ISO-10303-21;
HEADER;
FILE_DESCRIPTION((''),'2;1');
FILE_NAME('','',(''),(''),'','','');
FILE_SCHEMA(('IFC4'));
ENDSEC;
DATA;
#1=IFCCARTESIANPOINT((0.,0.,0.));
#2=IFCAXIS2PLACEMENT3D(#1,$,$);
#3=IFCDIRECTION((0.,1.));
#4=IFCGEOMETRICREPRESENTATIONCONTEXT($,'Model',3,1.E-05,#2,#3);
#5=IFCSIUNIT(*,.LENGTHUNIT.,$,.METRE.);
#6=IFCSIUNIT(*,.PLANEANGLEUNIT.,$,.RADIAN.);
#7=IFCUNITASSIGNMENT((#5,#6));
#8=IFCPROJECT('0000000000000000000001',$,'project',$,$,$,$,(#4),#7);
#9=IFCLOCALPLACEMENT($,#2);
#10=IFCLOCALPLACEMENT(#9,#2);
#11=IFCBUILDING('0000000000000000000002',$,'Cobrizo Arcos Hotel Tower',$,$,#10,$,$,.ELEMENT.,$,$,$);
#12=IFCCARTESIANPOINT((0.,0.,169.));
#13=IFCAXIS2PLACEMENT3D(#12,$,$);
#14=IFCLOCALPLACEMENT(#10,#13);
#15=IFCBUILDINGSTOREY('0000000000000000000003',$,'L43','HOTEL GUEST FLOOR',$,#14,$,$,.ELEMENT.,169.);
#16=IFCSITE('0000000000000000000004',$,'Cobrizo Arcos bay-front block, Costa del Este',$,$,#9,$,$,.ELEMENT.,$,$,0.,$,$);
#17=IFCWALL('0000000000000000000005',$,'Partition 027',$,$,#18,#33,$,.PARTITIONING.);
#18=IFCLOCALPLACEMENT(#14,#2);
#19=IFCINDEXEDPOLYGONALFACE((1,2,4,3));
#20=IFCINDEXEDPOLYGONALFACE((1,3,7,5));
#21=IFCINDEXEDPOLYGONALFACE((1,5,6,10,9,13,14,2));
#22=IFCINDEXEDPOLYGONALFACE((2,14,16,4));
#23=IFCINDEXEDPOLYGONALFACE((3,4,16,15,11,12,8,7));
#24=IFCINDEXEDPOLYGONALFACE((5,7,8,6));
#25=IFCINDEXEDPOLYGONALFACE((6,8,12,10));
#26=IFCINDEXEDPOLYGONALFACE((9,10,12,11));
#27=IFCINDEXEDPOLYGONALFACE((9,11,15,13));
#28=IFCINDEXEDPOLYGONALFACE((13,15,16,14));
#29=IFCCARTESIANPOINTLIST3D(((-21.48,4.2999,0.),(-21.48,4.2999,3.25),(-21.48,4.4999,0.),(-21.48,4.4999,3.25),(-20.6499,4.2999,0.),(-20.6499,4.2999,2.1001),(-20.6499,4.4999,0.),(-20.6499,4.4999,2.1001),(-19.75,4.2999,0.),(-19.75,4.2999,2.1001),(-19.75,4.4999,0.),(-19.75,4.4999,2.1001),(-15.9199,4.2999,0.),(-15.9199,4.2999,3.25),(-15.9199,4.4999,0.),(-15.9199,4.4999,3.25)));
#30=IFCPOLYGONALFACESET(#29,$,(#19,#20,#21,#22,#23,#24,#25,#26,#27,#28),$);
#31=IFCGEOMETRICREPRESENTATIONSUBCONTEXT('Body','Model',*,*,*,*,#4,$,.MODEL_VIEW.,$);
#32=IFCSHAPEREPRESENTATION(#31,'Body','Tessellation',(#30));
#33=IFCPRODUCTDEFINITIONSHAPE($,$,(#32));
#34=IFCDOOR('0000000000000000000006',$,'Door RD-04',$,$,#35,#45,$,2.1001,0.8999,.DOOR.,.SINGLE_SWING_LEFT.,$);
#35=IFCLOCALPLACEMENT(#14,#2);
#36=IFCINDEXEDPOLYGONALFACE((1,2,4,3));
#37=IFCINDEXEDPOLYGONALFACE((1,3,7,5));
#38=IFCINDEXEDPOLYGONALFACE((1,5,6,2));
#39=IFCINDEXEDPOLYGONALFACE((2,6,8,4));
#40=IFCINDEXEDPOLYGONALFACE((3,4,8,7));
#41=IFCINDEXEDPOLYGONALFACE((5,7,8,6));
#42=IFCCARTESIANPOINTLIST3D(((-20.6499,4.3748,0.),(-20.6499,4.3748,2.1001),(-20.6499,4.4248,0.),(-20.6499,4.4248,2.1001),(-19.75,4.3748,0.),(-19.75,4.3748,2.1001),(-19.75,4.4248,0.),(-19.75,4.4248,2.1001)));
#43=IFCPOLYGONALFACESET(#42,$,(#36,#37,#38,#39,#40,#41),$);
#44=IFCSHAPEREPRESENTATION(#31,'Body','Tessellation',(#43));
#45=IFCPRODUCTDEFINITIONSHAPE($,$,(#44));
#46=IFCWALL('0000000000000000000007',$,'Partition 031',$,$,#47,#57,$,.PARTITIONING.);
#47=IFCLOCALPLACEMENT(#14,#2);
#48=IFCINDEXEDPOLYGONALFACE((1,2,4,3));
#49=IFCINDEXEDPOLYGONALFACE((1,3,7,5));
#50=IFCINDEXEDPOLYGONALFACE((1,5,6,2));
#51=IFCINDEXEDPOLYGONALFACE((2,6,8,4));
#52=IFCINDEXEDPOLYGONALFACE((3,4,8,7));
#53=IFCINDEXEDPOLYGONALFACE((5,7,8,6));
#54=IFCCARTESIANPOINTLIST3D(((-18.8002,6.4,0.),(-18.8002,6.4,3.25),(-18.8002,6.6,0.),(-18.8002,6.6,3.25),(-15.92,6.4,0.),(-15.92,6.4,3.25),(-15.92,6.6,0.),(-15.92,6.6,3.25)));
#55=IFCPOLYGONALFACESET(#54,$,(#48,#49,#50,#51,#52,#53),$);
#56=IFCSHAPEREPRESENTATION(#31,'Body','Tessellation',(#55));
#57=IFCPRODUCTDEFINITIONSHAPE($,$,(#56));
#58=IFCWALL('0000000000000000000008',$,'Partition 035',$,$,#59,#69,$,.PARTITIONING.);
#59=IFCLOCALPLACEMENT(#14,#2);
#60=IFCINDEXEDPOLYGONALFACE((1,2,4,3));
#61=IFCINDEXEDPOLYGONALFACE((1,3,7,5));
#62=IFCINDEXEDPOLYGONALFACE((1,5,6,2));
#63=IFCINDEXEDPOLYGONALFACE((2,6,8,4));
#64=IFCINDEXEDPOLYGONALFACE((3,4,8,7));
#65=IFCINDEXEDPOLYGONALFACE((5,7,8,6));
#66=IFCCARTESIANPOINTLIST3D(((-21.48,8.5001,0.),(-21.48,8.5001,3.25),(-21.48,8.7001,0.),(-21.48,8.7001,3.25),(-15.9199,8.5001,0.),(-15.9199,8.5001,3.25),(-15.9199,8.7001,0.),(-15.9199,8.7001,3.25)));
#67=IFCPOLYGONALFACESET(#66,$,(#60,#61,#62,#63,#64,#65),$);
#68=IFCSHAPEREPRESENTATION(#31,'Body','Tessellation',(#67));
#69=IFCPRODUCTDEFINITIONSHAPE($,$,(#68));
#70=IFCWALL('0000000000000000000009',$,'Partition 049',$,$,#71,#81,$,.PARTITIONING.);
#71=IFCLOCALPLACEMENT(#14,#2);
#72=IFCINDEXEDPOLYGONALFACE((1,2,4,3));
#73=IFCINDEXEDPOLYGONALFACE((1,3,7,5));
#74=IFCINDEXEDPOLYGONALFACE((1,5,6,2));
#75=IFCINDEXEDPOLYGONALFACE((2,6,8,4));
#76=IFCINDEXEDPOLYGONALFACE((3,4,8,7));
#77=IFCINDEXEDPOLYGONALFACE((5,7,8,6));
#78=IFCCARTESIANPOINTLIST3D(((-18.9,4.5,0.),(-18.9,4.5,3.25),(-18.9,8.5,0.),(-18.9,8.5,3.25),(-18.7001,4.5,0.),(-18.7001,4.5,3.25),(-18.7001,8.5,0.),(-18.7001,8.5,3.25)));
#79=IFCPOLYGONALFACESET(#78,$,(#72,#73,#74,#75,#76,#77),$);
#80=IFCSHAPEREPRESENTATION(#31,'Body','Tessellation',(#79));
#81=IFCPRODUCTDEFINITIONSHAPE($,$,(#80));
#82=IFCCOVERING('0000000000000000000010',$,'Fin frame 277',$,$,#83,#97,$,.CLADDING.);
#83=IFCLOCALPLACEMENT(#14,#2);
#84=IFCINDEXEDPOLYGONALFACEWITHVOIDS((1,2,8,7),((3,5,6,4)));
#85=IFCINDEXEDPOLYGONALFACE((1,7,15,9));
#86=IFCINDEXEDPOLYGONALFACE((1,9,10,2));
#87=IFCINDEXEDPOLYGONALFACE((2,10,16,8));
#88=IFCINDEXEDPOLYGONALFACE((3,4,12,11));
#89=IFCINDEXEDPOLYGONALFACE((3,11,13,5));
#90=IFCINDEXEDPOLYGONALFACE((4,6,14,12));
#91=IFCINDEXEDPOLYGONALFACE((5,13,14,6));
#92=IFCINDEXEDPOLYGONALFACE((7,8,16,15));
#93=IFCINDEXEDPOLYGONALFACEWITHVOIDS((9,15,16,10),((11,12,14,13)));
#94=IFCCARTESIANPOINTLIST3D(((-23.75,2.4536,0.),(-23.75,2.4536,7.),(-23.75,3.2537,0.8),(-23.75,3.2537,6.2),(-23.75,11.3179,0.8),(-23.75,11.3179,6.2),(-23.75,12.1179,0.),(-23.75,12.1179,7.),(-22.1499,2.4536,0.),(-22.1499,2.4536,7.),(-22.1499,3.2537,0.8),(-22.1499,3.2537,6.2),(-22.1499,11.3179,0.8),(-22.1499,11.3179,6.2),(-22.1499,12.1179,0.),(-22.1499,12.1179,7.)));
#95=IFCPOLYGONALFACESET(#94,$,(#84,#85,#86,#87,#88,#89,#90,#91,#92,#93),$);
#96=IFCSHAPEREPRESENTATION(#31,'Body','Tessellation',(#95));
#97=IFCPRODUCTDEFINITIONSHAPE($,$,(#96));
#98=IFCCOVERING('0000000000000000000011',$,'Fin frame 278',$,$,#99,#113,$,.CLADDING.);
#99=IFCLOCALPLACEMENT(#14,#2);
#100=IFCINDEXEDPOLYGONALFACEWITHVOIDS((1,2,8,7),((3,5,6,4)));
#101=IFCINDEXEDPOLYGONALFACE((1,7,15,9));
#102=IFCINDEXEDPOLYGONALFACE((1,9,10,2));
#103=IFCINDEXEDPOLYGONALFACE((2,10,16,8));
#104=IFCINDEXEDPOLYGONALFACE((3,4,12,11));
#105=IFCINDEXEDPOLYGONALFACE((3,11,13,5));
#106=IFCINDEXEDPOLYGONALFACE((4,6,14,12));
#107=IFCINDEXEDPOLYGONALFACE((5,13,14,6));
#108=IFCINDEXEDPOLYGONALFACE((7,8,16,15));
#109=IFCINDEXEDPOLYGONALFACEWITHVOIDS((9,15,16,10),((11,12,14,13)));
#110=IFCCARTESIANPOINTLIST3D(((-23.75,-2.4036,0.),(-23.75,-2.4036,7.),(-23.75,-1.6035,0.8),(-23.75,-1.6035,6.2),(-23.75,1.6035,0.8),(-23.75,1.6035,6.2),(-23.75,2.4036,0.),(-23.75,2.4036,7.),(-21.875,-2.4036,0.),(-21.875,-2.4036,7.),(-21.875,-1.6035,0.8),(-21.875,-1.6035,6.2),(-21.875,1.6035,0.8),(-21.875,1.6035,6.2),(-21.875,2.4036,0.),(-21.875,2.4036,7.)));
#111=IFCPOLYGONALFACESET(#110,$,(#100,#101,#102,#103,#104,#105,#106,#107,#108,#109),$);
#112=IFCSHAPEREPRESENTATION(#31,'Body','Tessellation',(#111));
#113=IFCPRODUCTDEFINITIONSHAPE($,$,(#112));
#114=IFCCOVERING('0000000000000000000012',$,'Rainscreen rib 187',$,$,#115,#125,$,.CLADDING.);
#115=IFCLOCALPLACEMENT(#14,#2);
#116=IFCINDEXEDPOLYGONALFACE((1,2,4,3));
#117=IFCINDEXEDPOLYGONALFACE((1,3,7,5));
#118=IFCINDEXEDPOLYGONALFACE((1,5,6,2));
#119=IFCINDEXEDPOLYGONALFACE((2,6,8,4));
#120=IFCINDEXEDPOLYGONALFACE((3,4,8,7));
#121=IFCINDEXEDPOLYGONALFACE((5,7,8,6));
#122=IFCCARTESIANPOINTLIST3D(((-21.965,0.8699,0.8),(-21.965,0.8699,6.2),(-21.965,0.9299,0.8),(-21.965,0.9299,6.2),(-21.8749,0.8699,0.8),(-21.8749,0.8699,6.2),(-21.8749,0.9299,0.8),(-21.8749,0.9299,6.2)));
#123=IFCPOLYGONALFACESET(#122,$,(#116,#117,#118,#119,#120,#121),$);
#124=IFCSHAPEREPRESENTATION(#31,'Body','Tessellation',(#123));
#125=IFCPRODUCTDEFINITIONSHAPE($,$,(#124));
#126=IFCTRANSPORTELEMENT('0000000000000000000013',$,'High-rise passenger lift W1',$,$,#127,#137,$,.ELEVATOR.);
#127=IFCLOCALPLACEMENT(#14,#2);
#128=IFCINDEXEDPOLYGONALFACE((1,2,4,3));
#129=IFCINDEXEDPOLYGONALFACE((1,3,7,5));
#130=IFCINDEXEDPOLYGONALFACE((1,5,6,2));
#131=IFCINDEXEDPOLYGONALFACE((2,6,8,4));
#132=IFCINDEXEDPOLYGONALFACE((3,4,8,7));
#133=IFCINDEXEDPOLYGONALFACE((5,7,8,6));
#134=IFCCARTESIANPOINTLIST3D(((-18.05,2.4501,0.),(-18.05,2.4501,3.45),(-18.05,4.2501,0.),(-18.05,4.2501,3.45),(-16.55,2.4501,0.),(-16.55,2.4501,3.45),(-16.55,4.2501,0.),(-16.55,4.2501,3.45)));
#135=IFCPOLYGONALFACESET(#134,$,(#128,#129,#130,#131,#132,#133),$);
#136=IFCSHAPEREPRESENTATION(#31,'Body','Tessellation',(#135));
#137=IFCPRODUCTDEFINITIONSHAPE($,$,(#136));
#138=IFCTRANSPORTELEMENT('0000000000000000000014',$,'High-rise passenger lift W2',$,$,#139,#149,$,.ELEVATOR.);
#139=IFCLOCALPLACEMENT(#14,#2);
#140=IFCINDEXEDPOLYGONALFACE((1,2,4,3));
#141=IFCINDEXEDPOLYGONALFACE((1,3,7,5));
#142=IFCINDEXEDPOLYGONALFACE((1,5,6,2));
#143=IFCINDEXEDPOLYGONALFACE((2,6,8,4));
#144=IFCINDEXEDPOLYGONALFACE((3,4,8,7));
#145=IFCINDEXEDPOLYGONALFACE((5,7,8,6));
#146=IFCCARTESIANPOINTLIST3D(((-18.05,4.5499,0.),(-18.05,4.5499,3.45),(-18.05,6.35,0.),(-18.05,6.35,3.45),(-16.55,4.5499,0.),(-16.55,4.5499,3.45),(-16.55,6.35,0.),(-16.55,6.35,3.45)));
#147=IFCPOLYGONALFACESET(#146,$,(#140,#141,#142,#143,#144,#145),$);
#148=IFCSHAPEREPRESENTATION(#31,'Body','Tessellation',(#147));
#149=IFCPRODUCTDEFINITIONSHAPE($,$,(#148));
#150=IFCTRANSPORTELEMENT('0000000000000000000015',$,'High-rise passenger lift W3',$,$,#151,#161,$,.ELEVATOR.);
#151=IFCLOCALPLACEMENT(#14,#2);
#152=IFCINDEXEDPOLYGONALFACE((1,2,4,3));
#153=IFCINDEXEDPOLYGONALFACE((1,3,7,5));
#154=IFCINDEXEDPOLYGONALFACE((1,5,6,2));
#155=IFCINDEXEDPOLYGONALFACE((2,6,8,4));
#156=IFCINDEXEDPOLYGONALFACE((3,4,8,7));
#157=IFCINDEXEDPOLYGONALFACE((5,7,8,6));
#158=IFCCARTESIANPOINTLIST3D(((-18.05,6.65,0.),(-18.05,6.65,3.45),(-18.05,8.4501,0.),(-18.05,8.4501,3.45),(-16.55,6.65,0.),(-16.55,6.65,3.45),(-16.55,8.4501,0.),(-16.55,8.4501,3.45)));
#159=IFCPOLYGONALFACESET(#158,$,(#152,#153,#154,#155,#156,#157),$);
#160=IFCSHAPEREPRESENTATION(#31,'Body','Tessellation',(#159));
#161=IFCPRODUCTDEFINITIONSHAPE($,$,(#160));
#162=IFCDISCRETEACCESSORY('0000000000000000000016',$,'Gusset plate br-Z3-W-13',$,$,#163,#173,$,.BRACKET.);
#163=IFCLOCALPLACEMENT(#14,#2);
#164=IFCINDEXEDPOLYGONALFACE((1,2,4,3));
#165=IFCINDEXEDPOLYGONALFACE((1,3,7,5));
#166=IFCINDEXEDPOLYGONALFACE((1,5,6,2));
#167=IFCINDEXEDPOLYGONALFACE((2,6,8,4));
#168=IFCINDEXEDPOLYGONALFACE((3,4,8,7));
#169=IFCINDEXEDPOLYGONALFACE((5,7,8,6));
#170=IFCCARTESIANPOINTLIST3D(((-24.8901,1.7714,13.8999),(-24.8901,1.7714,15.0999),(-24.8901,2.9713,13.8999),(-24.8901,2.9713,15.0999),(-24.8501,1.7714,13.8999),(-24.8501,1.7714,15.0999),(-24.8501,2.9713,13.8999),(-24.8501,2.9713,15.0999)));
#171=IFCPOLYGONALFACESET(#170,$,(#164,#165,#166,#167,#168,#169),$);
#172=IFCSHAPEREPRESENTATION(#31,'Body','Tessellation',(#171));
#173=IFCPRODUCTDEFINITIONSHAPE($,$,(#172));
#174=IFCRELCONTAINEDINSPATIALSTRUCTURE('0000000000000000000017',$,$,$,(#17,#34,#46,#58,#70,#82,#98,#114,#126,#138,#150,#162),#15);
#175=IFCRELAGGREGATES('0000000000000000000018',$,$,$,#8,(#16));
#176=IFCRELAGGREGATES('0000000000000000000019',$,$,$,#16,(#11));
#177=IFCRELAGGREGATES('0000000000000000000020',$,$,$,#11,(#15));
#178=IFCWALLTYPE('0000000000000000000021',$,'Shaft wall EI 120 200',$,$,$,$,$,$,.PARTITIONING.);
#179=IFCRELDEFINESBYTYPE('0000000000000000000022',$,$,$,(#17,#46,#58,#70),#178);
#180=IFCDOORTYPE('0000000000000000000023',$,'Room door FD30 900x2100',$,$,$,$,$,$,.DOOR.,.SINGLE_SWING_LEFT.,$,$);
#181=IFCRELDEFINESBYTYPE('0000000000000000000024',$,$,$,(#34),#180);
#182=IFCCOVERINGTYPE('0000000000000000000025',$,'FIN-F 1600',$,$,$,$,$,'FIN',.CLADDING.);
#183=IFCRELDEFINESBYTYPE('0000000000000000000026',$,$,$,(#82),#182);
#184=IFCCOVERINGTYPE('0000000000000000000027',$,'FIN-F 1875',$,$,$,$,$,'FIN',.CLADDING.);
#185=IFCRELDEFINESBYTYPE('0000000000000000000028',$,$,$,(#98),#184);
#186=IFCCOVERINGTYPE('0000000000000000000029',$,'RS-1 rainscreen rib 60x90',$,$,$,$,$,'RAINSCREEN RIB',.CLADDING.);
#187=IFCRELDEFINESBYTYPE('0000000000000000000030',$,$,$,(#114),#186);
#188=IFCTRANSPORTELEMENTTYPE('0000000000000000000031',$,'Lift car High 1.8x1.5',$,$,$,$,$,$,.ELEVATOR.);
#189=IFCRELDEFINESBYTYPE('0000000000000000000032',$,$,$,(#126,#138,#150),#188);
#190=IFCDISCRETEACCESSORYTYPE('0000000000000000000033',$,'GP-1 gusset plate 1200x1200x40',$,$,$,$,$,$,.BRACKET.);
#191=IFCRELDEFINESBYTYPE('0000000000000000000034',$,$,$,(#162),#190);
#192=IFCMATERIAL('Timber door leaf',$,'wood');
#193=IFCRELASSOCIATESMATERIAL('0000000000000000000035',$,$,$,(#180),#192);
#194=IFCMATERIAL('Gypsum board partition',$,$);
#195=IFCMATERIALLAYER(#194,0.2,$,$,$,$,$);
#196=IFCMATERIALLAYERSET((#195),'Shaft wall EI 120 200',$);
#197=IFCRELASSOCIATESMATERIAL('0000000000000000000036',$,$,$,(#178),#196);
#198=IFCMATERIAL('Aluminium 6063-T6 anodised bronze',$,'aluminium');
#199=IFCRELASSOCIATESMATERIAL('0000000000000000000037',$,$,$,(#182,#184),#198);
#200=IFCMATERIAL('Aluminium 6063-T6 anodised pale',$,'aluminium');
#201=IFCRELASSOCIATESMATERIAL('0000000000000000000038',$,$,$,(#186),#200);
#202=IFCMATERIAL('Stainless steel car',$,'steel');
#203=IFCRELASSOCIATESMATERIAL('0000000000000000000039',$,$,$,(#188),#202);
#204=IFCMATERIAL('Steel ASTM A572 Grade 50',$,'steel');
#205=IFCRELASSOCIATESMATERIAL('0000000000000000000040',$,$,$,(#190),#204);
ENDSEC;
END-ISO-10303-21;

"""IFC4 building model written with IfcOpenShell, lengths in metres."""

from ifc_helpers import new_model, si_unit, direction, frame, frame_2d, origin, origin_2d, place, context, subcontext, project, spatial, polyline, rectangle, outline, extrude, material, layer, layer_set, type_object, element, fill, save


model = new_model("IFC4")

# Units and contexts
model_context = context("Model", 3, precision=1e-05, world=origin(), true_north=direction((0.0, 1.0)))
body_context = subcontext(model_context, "Body", "Model", "MODEL_VIEW")
ifc_project = project(units=[si_unit("LENGTHUNIT", "METRE"), si_unit("PLANEANGLEUNIT", "RADIAN")], contexts=[model_context])

# Site, building, storey
site_placement = place(None, origin())
site = spatial("IfcSite", under=ifc_project, at=site_placement, Name="Cobrizo Arcos bay-front block, Costa del Este", CompositionType="ELEMENT", RefElevation=0.0)
building_placement = place(site_placement, origin())
building = spatial("IfcBuilding", under=site, at=building_placement, Name="Cobrizo Arcos Hotel Tower", CompositionType="ELEMENT")
storey_placement = place(building_placement, frame((0.0, 0.0, 169.0)))
storey = spatial("IfcBuildingStorey", under=building, at=storey_placement, Name="L43", Description="HOTEL GUEST FLOOR", CompositionType="ELEMENT", Elevation=169.0)

# Shared definitions
ifc_material_1 = material(Name="Steel ASTM A572 Grade 50", Category="steel")

# Shared definitions
ifc_material_2 = material(Name="Aluminium 6063-T6 anodised bronze", Category="aluminium")

# Shared definitions
ifc_material_3 = material(Name="Gypsum board partition")
ifc_material_4 = material(Name="Timber door leaf", Category="wood")

# Shared definitions
door_type_1 = type_object("IfcDoorType", Name="Room door FD30 900x2100", OperationType="SINGLE_SWING_LEFT", PredefinedType="DOOR", material=ifc_material_4)

# Shared definitions
ifc_layer_1 = layer(ifc_material_3, 0.2)
ifc_layer_set_1 = layer_set([ifc_layer_1], Name="Shaft wall EI 120 200")
wall_type_1 = type_object("IfcWallType", Name="Shaft wall EI 120 200", PredefinedType="PARTITIONING", material=ifc_layer_set_1)

# Wall, opening, door
wall_1_placement = place(storey_placement, frame((-21.48, 4.3999, 0.0), z_axis=(0.0, 0.0, 1.0), x_axis=(1.0, 0.0, 0.0)))
wall_1 = element("IfcWall", 1, at=wall_1_placement, inside=storey, type_object=wall_type_1, Name="Partition 027", PredefinedType="PARTITIONING", context=body_context, shape_type="SweptSolid", body=[
    extrude(rectangle(XDim=5.5601, YDim=0.2, at=frame_2d((2.78, 0.0))), origin(), (0.0, 0.0, 1.0), 3.25),
])
opening_1_placement = place(wall_1_placement, frame((0.8301, 0.0, 0.0)))
opening_1 = element("IfcOpeningElement", 2, at=opening_1_placement, cuts=wall_1, PredefinedType="OPENING", context=body_context, shape_type="SweptSolid", body=[
    extrude(rectangle(XDim=0.8999, YDim=2.1001, at=frame_2d((0.45, 1.05))), frame((0.0, 0.1121, 0.0), z_axis=(0.0, -1.0, 0.0), x_axis=(1.0, 0.0, 0.0)), (0.0, 0.0, 1.0), 0.2239),
])
door_1_placement = place(opening_1_placement, origin())
door_1 = element("IfcDoor", 3, at=door_1_placement, inside=storey, type_object=door_type_1, Name="Door RD-04", OperationType="SINGLE_SWING_LEFT", OverallHeight=2.1001, OverallWidth=0.8999, PredefinedType="DOOR", context=body_context, shape_type="SweptSolid", body=[
    extrude(rectangle(XDim=0.8999, YDim=2.1001, at=frame_2d((0.45, 1.05))), frame((0.0, 0.0249, 0.0), z_axis=(0.0, -1.0, 0.0), x_axis=(1.0, 0.0, 0.0)), (0.0, 0.0, 1.0), 0.05),
])
fill(opening_1, door_1)

# Walls
wall_2_placement = place(storey_placement, frame((-18.8, 6.5, 0.0), z_axis=(0.0, 0.0, 1.0), x_axis=(1.0, 0.0, 0.0)))
element("IfcWall", 4, at=wall_2_placement, inside=storey, type_object=wall_type_1, Name="Partition 031", PredefinedType="PARTITIONING", context=body_context, shape_type="SweptSolid", body=[
    extrude(rectangle(XDim=2.8801, YDim=0.2, at=frame_2d((1.4399, 0.0))), origin(), (0.0, 0.0, 1.0), 3.25),
])
wall_3_placement = place(storey_placement, frame((-21.48, 8.6001, 0.0), z_axis=(0.0, 0.0, 1.0), x_axis=(1.0, 0.0, 0.0)))
element("IfcWall", 5, at=wall_3_placement, inside=storey, type_object=wall_type_1, Name="Partition 035", PredefinedType="PARTITIONING", context=body_context, shape_type="SweptSolid", body=[
    extrude(rectangle(XDim=5.5601, YDim=0.2, at=frame_2d((2.78, 0.0))), origin(), (0.0, 0.0, 1.0), 3.25),
])
wall_4_placement = place(storey_placement, frame((-18.8, 4.5, 0.0), z_axis=(0.0, 0.0, 1.0), x_axis=(0.0, 1.0, 0.0)))
element("IfcWall", 6, at=wall_4_placement, inside=storey, type_object=wall_type_1, Name="Partition 049", PredefinedType="PARTITIONING", context=body_context, shape_type="SweptSolid", body=[
    extrude(rectangle(XDim=4.0, YDim=0.2, at=frame_2d((2.0, 0.0))), origin(), (0.0, 0.0, 1.0), 3.25),
])

# Coverings
covering_type_1 = type_object("IfcCoveringType", Name="FIN-F 1600", ElementType="FIN", PredefinedType="CLADDING", material=ifc_material_2)
covering_1_placement = place(storey_placement, frame((-22.1499, 12.1179, 0.0), z_axis=(-1.0, 0.0, 0.0), x_axis=(0.0, -1.0, 0.0)))
element("IfcCovering", 7, at=covering_1_placement, inside=storey, type_object=covering_type_1, Name="Fin frame 277", PredefinedType="CLADDING", context=body_context, shape_type="SweptSolid", body=[
    extrude(outline(polyline([(0.0, 7.0), (0.0, 0.0), (9.6643, 0.0), (9.6643, 7.0), (0.0, 7.0)]), holes=[polyline([(8.8643, 0.8), (0.8, 0.8), (0.8, 6.2), (8.8643, 6.2), (8.8643, 0.8)])]), origin(), (0.0, 0.0, 1.0), 1.6001),
])
covering_type_2 = type_object("IfcCoveringType", Name="FIN-F 1875", ElementType="FIN", PredefinedType="CLADDING", material=ifc_material_2)
covering_2_placement = place(storey_placement, frame((-21.875, 2.4036, 0.0), z_axis=(-1.0, 0.0, 0.0), x_axis=(0.0, -1.0, 0.0)))
element("IfcCovering", 8, at=covering_2_placement, inside=storey, type_object=covering_type_2, Name="Fin frame 278", PredefinedType="CLADDING", context=body_context, shape_type="SweptSolid", body=[
    extrude(outline(polyline([(0.0, 7.0), (0.0, 0.0), (4.8071, 0.0), (4.8071, 7.0), (0.0, 7.0)]), holes=[polyline([(4.0071, 0.8), (0.8, 0.8), (0.8, 6.2), (4.0071, 6.2), (4.0071, 0.8)])]), origin(), (0.0, 0.0, 1.0), 1.875),
])
ifc_material_5 = material(Name="Aluminium 6063-T6 anodised pale", Category="aluminium")
covering_type_3 = type_object("IfcCoveringType", Name="RS-1 rainscreen rib 60x90", ElementType="RAINSCREEN RIB", PredefinedType="CLADDING", material=ifc_material_5)
covering_3_placement = place(storey_placement, frame((-21.9199, 0.8999, 0.8), z_axis=(0.0, 0.0, 1.0), x_axis=(0.0, -1.0, 0.0)))
element("IfcCovering", 9, at=covering_3_placement, inside=storey, type_object=covering_type_3, Name="Rainscreen rib 187", PredefinedType="CLADDING", context=body_context, shape_type="SweptSolid", body=[
    extrude(rectangle(XDim=0.0601, YDim=0.0901, at=origin_2d()), origin(), (0.0, 0.0, 1.0), 5.3999),
])

# Transport elements
ifc_material_6 = material(Name="Stainless steel car", Category="steel")
transport_element_type = type_object("IfcTransportElementType", Name="Lift car High 1.8x1.5", PredefinedType="ELEVATOR", material=ifc_material_6)
for number, where, z_axis, x_axis, name in (
    (10, (-17.3, 3.3501, 0.0), (0.0, 0.0, 1.0), (1.0, 0.0, 0.0), "High-rise passenger lift W1"),
    (11, (-17.3, 5.45, 0.0), (0.0, 0.0, 1.0), (1.0, 0.0, 0.0), "High-rise passenger lift W2"),
    (12, (-17.3, 7.55, 0.0), (0.0, 0.0, 1.0), (1.0, 0.0, 0.0), "High-rise passenger lift W3"),
):
    element("IfcTransportElement", number, at=place(storey_placement, frame(where, z_axis=z_axis, x_axis=x_axis)), inside=storey, type_object=transport_element_type, Name=name, PredefinedType="ELEVATOR", context=body_context, shape_type="SweptSolid", body=[
        extrude(rectangle(XDim=1.5, YDim=1.8, at=origin_2d()), origin(), (0.0, 0.0, 1.0), 3.45),
    ])

# Discrete accessory
discrete_accessory_type = type_object("IfcDiscreteAccessoryType", Name="GP-1 gusset plate 1200x1200x40", PredefinedType="BRACKET", material=ifc_material_1)
discrete_accessory_placement = place(storey_placement, frame((-24.8701, 2.3713, 13.8999), z_axis=(0.0, 0.0, 1.0), x_axis=(1.0, 0.0, 0.0)))
element("IfcDiscreteAccessory", 13, at=discrete_accessory_placement, inside=storey, type_object=discrete_accessory_type, Name="Gusset plate br-Z3-W-13", PredefinedType="BRACKET", context=body_context, shape_type="SweptSolid", body=[
    extrude(rectangle(XDim=0.04, YDim=1.2, at=origin_2d()), origin(), (0.0, 0.0, 1.0), 1.2),
])

save(model, "model.ifc")
